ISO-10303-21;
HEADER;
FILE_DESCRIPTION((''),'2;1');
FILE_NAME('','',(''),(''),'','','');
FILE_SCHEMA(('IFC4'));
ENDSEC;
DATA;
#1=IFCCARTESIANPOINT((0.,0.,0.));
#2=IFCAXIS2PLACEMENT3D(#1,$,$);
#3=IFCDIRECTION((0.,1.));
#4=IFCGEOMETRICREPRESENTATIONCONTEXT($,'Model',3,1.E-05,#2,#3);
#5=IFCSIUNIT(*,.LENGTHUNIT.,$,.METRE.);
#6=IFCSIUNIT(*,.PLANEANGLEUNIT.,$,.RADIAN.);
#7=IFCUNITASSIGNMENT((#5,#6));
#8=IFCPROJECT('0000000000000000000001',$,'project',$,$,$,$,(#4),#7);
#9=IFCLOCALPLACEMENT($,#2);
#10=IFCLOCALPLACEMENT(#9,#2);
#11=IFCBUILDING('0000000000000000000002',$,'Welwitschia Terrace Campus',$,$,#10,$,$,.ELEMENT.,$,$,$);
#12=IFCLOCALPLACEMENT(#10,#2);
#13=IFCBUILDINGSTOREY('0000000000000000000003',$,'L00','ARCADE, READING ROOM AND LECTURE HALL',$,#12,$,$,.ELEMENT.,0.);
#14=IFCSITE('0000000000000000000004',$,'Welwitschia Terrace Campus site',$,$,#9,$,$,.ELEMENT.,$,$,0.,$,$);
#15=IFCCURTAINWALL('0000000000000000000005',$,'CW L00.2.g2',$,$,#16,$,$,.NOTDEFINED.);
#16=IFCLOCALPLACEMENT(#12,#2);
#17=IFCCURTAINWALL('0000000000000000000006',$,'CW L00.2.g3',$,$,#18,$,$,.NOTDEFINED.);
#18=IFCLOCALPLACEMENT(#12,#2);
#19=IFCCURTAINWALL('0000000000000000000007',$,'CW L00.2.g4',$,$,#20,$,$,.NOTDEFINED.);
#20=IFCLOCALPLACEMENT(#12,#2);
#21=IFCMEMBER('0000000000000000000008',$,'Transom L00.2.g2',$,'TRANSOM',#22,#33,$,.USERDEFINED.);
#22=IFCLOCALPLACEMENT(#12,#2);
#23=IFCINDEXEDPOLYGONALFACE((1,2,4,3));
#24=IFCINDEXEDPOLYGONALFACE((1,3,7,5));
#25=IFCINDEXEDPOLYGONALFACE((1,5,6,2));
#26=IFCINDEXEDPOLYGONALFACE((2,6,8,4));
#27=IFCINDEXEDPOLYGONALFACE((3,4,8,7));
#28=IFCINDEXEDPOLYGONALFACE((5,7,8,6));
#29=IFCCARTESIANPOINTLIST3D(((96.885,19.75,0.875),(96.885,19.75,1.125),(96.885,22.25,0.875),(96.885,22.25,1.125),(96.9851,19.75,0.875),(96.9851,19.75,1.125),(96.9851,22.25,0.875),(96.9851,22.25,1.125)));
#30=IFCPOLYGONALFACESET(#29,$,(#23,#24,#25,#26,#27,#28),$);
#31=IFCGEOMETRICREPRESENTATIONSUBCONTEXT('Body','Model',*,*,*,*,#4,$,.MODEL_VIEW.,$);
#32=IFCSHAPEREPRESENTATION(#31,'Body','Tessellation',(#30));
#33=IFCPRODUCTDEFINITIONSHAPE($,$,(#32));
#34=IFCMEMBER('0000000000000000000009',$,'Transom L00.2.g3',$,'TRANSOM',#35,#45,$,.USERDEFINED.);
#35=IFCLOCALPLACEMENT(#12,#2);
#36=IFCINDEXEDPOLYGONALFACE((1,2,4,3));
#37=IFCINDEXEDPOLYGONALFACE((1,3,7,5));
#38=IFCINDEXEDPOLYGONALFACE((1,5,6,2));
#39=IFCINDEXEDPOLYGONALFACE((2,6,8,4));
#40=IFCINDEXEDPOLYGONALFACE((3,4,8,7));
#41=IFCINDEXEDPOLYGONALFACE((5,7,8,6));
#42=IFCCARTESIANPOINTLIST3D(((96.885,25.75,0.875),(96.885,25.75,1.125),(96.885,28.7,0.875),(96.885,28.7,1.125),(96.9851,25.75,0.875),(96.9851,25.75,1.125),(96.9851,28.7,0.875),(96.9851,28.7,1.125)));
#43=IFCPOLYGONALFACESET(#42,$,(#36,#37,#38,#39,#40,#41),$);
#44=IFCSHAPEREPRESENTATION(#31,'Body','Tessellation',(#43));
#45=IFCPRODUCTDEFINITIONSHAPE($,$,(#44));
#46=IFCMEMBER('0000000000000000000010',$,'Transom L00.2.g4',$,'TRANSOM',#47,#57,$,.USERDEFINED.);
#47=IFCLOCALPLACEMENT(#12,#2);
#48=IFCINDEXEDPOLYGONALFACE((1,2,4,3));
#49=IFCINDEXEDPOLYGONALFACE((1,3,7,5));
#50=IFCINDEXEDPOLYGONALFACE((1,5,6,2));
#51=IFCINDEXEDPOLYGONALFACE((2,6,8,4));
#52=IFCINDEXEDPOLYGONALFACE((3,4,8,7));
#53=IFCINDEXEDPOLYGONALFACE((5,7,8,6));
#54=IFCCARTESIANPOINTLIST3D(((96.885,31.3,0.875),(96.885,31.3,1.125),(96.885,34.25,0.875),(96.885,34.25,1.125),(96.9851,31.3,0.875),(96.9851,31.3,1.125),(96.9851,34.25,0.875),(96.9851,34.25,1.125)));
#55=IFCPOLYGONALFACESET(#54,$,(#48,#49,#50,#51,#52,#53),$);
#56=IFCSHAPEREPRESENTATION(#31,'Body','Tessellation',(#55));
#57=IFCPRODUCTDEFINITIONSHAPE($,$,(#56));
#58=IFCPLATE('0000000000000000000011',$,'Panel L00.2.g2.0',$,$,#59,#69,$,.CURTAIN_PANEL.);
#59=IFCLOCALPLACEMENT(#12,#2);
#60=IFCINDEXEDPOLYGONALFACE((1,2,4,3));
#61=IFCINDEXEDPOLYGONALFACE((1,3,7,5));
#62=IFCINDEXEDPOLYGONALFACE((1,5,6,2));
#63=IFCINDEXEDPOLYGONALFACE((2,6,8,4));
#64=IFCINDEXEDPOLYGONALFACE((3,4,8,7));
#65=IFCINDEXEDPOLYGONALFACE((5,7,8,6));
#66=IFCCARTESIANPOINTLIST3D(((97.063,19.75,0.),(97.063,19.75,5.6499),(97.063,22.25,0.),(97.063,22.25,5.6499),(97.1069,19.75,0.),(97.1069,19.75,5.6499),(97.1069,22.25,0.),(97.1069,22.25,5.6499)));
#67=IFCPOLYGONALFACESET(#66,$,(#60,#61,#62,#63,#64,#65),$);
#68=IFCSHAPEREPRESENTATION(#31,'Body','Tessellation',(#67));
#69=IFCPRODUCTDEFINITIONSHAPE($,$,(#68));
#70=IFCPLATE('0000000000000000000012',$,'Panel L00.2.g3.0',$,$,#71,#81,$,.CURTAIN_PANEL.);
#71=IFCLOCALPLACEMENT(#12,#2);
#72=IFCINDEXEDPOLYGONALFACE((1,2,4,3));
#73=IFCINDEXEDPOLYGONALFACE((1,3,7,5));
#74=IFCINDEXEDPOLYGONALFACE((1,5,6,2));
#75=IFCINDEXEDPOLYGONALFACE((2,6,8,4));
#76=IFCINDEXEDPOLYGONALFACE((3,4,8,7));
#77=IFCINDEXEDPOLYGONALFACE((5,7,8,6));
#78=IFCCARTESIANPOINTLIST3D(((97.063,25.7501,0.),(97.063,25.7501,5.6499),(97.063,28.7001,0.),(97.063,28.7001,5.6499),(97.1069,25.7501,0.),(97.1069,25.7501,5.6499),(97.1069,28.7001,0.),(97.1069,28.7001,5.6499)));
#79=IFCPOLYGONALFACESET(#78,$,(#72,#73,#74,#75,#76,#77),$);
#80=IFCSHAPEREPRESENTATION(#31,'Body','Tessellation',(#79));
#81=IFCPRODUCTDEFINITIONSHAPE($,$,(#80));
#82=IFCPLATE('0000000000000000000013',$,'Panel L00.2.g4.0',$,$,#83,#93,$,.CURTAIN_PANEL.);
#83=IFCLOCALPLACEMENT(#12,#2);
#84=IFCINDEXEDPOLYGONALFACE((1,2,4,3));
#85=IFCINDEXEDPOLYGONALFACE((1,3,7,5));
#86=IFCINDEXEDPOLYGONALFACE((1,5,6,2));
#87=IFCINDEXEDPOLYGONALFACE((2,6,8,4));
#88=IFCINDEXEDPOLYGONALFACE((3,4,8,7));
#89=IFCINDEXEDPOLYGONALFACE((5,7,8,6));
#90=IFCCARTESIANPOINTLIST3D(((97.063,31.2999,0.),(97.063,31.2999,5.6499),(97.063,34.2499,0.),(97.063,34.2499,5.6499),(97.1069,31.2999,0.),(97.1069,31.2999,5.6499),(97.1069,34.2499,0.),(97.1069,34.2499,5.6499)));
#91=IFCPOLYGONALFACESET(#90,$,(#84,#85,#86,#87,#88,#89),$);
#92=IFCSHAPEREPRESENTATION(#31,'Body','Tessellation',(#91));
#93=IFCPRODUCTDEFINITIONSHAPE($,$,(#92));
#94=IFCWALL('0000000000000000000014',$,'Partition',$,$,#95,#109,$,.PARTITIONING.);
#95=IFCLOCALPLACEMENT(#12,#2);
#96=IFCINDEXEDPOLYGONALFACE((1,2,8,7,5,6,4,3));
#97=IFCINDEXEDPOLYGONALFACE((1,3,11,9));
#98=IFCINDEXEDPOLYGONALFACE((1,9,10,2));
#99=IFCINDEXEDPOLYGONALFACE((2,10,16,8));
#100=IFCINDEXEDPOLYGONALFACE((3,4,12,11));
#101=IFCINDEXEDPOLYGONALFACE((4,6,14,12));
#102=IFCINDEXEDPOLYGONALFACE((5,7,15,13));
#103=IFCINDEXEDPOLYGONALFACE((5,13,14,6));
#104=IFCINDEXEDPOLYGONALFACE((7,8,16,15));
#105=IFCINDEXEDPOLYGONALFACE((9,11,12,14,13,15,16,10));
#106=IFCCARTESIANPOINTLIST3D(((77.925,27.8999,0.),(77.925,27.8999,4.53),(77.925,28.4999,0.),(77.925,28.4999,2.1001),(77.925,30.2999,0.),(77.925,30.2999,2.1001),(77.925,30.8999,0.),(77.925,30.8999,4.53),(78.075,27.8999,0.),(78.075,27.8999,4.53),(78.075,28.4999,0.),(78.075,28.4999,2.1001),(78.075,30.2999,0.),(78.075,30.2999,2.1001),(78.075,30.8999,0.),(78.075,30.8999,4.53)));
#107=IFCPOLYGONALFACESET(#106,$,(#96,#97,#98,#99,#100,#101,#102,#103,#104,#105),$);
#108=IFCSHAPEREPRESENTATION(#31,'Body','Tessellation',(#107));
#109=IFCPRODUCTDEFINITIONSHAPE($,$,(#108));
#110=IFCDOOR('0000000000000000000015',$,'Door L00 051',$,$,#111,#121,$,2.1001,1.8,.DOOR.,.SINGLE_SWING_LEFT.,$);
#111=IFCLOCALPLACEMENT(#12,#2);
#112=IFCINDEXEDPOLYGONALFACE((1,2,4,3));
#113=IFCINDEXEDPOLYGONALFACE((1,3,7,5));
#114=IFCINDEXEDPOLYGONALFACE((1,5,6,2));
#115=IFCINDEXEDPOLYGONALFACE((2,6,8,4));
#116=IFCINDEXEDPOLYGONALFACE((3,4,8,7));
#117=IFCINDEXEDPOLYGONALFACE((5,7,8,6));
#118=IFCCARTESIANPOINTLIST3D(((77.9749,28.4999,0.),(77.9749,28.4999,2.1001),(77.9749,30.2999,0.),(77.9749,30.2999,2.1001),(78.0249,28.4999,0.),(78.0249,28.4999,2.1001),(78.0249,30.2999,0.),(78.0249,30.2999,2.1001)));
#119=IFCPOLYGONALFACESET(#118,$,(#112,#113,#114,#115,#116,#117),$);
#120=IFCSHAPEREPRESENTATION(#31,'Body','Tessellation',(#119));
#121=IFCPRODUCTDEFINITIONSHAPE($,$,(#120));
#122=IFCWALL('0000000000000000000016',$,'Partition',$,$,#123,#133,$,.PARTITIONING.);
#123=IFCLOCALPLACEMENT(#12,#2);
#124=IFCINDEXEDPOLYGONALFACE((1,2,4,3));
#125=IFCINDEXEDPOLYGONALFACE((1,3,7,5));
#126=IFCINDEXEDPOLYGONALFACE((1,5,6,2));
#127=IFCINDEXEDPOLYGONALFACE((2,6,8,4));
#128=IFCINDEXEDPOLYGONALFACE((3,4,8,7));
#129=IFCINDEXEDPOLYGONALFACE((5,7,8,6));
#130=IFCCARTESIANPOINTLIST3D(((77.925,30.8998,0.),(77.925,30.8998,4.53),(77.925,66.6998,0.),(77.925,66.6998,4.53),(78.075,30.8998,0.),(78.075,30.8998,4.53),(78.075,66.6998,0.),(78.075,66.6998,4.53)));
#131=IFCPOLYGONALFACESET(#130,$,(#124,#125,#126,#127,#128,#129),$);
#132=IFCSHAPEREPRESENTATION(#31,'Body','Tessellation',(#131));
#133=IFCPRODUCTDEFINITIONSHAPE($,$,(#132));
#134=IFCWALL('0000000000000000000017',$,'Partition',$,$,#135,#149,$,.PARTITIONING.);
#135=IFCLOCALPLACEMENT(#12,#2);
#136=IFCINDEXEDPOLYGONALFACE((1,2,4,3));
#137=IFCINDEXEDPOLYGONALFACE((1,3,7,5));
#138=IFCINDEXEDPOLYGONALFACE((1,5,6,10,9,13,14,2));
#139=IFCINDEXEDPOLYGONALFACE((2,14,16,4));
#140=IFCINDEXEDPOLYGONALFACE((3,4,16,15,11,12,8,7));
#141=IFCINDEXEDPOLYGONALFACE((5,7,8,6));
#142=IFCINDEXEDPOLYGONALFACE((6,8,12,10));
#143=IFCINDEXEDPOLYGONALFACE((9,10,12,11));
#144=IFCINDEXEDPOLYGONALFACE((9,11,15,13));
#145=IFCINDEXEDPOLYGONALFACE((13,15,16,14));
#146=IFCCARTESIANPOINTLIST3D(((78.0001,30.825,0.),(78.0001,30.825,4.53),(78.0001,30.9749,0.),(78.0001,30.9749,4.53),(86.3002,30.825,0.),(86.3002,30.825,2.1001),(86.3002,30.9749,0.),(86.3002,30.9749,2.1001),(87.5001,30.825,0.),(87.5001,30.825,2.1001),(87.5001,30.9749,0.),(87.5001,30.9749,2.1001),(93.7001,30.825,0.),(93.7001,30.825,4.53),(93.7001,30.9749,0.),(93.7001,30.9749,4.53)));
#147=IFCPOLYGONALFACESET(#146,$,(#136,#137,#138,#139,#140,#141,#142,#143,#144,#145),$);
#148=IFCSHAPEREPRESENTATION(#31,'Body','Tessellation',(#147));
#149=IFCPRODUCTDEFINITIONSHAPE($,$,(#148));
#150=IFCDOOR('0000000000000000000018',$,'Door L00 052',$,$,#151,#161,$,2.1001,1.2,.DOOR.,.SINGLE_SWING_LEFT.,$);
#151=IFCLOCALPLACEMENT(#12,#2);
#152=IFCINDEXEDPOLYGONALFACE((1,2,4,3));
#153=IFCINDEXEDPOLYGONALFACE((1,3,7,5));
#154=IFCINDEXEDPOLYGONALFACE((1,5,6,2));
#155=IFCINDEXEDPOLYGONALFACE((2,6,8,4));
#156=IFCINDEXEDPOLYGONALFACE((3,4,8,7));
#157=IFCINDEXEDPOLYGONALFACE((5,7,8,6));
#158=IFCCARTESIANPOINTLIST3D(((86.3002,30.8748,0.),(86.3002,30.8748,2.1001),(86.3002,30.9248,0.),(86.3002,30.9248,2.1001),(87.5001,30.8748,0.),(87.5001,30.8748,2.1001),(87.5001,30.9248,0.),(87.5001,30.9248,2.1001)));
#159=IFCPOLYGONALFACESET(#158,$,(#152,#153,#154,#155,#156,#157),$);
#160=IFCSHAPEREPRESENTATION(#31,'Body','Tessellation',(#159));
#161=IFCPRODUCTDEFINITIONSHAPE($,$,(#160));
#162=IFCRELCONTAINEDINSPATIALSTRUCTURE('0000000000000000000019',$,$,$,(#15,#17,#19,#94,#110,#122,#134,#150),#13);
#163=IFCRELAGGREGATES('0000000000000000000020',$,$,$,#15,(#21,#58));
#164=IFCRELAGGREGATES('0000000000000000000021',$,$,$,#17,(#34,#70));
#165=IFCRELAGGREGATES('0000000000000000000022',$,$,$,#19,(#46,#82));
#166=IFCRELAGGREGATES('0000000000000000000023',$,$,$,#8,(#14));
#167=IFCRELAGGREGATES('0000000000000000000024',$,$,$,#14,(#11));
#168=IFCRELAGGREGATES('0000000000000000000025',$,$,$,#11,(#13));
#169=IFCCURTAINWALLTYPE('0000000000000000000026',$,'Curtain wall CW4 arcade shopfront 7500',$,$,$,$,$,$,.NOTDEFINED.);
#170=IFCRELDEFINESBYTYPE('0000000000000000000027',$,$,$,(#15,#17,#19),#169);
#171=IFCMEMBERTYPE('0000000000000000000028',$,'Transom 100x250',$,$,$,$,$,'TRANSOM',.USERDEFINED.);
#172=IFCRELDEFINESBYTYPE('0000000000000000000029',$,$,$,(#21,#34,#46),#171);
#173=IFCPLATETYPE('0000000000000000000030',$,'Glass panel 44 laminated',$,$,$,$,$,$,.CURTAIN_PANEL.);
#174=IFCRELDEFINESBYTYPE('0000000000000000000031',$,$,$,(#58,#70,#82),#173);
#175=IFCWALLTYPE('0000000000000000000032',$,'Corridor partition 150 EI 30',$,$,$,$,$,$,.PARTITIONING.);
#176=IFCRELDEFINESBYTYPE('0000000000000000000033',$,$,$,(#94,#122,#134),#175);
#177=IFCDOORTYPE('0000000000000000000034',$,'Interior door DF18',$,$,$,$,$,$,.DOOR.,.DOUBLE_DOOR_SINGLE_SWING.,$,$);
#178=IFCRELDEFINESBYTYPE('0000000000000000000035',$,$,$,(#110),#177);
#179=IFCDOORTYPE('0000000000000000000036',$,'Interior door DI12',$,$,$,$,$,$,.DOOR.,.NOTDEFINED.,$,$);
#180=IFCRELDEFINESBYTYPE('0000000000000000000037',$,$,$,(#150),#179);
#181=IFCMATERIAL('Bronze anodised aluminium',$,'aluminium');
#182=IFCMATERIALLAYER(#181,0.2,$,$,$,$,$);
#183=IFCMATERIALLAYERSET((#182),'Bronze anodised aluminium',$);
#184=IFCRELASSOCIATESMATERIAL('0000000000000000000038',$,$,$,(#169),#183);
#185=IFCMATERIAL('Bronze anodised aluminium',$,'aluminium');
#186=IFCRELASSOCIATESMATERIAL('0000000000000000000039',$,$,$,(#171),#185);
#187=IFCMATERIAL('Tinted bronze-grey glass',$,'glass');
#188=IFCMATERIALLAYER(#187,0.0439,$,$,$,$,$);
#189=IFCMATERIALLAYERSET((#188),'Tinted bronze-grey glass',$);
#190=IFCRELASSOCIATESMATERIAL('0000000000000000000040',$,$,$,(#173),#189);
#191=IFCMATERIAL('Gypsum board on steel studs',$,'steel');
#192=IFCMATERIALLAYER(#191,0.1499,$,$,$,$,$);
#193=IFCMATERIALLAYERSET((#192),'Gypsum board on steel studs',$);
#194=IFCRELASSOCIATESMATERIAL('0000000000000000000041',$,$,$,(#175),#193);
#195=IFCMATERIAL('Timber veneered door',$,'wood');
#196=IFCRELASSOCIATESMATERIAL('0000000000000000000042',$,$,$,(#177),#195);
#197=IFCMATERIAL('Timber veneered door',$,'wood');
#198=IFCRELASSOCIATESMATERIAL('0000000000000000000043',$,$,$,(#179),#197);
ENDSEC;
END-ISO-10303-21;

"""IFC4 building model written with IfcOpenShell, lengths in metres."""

from ifc_helpers import new_model, si_unit, direction, frame, frame_2d, origin, origin_2d, place, context, subcontext, project, spatial, rectangle, extrude, material, layer, layer_set, material_profile, profile_set, type_object, element, fill, aggregate, save


model = new_model("IFC4")

# Units and contexts
model_context = context("Model", 3, precision=1e-05, world=origin(), true_north=direction((0.0, 1.0)))
body_context = subcontext(model_context, "Body", "Model", "MODEL_VIEW")
ifc_project = project(units=[si_unit("LENGTHUNIT", "METRE"), si_unit("PLANEANGLEUNIT", "RADIAN")], contexts=[model_context])

# Site, building, storey
site_placement = place(None, origin())
site = spatial("IfcSite", under=ifc_project, at=site_placement, Name="Welwitschia Terrace Campus site", CompositionType="ELEMENT", RefElevation=0.0)
building_placement = place(site_placement, origin())
building = spatial("IfcBuilding", under=site, at=building_placement, Name="Welwitschia Terrace Campus", CompositionType="ELEMENT")
storey_placement = place(building_placement, origin())
storey = spatial("IfcBuildingStorey", under=building, at=storey_placement, Name="L00", Description="ARCADE, READING ROOM AND LECTURE HALL", CompositionType="ELEMENT", Elevation=0.0)

# Curtain wall
ifc_material_1 = material(Name="Bronze anodised aluminium", Category="aluminium")
ifc_layer_1 = layer(ifc_material_1, 0.2)
ifc_layer_set_1 = layer_set([ifc_layer_1], Name="Bronze anodised aluminium")
curtain_wall_type = type_object("IfcCurtainWallType", Name="Curtain wall CW4 arcade shopfront 7500", PredefinedType="NOTDEFINED", material=ifc_layer_set_1)
curtain_wall_1_placement = place(storey_placement, origin())
curtain_wall_1 = element("IfcCurtainWall", 1, at=curtain_wall_1_placement, inside=storey, type_object=curtain_wall_type, Name="CW L00.2.g2", PredefinedType="NOTDEFINED")

# Curtain wall
curtain_wall_2_placement = place(storey_placement, origin())
curtain_wall_2 = element("IfcCurtainWall", 2, at=curtain_wall_2_placement, inside=storey, type_object=curtain_wall_type, Name="CW L00.2.g3", PredefinedType="NOTDEFINED")

# Curtain wall
curtain_wall_3_placement = place(storey_placement, origin())
curtain_wall_3 = element("IfcCurtainWall", 3, at=curtain_wall_3_placement, inside=storey, type_object=curtain_wall_type, Name="CW L00.2.g4", PredefinedType="NOTDEFINED")

# Members
ifc_material_2 = material(Name="Bronze anodised aluminium", Category="aluminium")
ifc_material_profile_1 = material_profile(ifc_material_2, rectangle(XDim=0.1001, YDim=0.25, at=origin_2d()))
ifc_profile_set_1 = profile_set([ifc_material_profile_1], Name="Bronze anodised aluminium")
member_type_1 = type_object("IfcMemberType", Name="Transom 100x250", ElementType="TRANSOM", PredefinedType="USERDEFINED", material=ifc_profile_set_1)
member_1_placement = place(storey_placement, frame((96.9351, 19.75, 1.0), z_axis=(0.0, 1.0, 0.0), x_axis=(-1.0, 0.0, 0.0)))
member_1 = element("IfcMember", 4, at=member_1_placement, type_object=member_type_1, Name="Transom L00.2.g2", ObjectType="TRANSOM", PredefinedType="USERDEFINED", context=body_context, shape_type="SweptSolid", body=[
    extrude(rectangle(XDim=0.1001, YDim=0.25, at=origin_2d()), origin(), (0.0, 0.0, 1.0), 2.5),
])
member_2_placement = place(storey_placement, frame((96.9351, 25.75, 1.0), z_axis=(0.0, 1.0, 0.0), x_axis=(-1.0, 0.0, 0.0)))
member_2 = element("IfcMember", 5, at=member_2_placement, type_object=member_type_1, Name="Transom L00.2.g3", ObjectType="TRANSOM", PredefinedType="USERDEFINED", context=body_context, shape_type="SweptSolid", body=[
    extrude(rectangle(XDim=0.1001, YDim=0.25, at=origin_2d()), origin(), (0.0, 0.0, 1.0), 2.95),
])
member_3_placement = place(storey_placement, frame((96.9351, 31.3, 1.0), z_axis=(0.0, 1.0, 0.0), x_axis=(-1.0, 0.0, 0.0)))
member_3 = element("IfcMember", 6, at=member_3_placement, type_object=member_type_1, Name="Transom L00.2.g4", ObjectType="TRANSOM", PredefinedType="USERDEFINED", context=body_context, shape_type="SweptSolid", body=[
    extrude(rectangle(XDim=0.1001, YDim=0.25, at=origin_2d()), origin(), (0.0, 0.0, 1.0), 2.95),
])

# Plates
ifc_material_3 = material(Name="Tinted bronze-grey glass", Category="glass")
ifc_layer_2 = layer(ifc_material_3, 0.0439)
ifc_layer_set_2 = layer_set([ifc_layer_2], Name="Tinted bronze-grey glass")
plate_type = type_object("IfcPlateType", Name="Glass panel 44 laminated", PredefinedType="CURTAIN_PANEL", material=ifc_layer_set_2)
plate_1_placement = place(storey_placement, frame((97.085, 21.0, 0.0), z_axis=(0.0, 0.0, 1.0), x_axis=(0.0, 1.0, 0.0)))
plate_1 = element("IfcPlate", 7, at=plate_1_placement, type_object=plate_type, Name="Panel L00.2.g2.0", PredefinedType="CURTAIN_PANEL", context=body_context, shape_type="SweptSolid", body=[
    extrude(rectangle(XDim=2.5, YDim=0.0439, at=origin_2d()), origin(), (0.0, 0.0, 1.0), 5.6499),
])
aggregate(curtain_wall_1, [member_1, plate_1])
plate_2_placement = place(storey_placement, frame((97.085, 27.2251, 0.0), z_axis=(0.0, 0.0, 1.0), x_axis=(0.0, 1.0, 0.0)))
plate_2 = element("IfcPlate", 8, at=plate_2_placement, type_object=plate_type, Name="Panel L00.2.g3.0", PredefinedType="CURTAIN_PANEL", context=body_context, shape_type="SweptSolid", body=[
    extrude(rectangle(XDim=2.95, YDim=0.0439, at=origin_2d()), origin(), (0.0, 0.0, 1.0), 5.6499),
])
aggregate(curtain_wall_2, [member_2, plate_2])
plate_3_placement = place(storey_placement, frame((97.085, 32.7749, 0.0), z_axis=(0.0, 0.0, 1.0), x_axis=(0.0, 1.0, 0.0)))
plate_3 = element("IfcPlate", 9, at=plate_3_placement, type_object=plate_type, Name="Panel L00.2.g4.0", PredefinedType="CURTAIN_PANEL", context=body_context, shape_type="SweptSolid", body=[
    extrude(rectangle(XDim=2.95, YDim=0.0439, at=origin_2d()), origin(), (0.0, 0.0, 1.0), 5.6499),
])
aggregate(curtain_wall_3, [member_3, plate_3])

# Wall, opening, door
ifc_material_4 = material(Name="Gypsum board on steel studs", Category="steel")
ifc_layer_3 = layer(ifc_material_4, 0.1499)
ifc_layer_set_3 = layer_set([ifc_layer_3], Name="Gypsum board on steel studs")
wall_type_1 = type_object("IfcWallType", Name="Corridor partition 150 EI 30", PredefinedType="PARTITIONING", material=ifc_layer_set_3)
wall_1_placement = place(storey_placement, frame((78.0, 30.8999, 0.0), z_axis=(0.0, 0.0, 1.0), x_axis=(0.0, -1.0, 0.0)))
wall_1 = element("IfcWall", 10, at=wall_1_placement, inside=storey, type_object=wall_type_1, Name="Partition", PredefinedType="PARTITIONING", context=body_context, shape_type="SweptSolid", body=[
    extrude(rectangle(XDim=3.0, YDim=0.1499, at=frame_2d((1.5, 0.0))), origin(), (0.0, 0.0, 1.0), 4.53),
])
opening_1_placement = place(wall_1_placement, frame((0.6001, 0.0, 0.0)))
opening_1 = element("IfcOpeningElement", 11, at=opening_1_placement, cuts=wall_1, PredefinedType="OPENING", context=body_context, shape_type="SweptSolid", body=[
    extrude(rectangle(XDim=1.8, YDim=2.1001, at=frame_2d((0.8999, 1.05))), frame((0.0, 0.085, 0.0), z_axis=(0.0, -1.0, 0.0), x_axis=(1.0, 0.0, 0.0)), (0.0, 0.0, 1.0), 0.1699),
])
ifc_material_5 = material(Name="Timber veneered door", Category="wood")
door_type_1 = type_object("IfcDoorType", Name="Interior door DF18", OperationType="DOUBLE_DOOR_SINGLE_SWING", PredefinedType="DOOR", material=ifc_material_5)
door_1_placement = place(opening_1_placement, origin())
door_1 = element("IfcDoor", 12, at=door_1_placement, inside=storey, type_object=door_type_1, Name="Door L00 051", OperationType="SINGLE_SWING_LEFT", OverallHeight=2.1001, OverallWidth=1.8, PredefinedType="DOOR", context=body_context, shape_type="SweptSolid", body=[
    extrude(rectangle(XDim=1.8, YDim=2.1001, at=frame_2d((0.8999, 1.05))), frame((0.0, 0.0249, 0.0), z_axis=(0.0, -1.0, 0.0), x_axis=(1.0, 0.0, 0.0)), (0.0, 0.0, 1.0), 0.05),
])
fill(opening_1, door_1)

# Wall
wall_2_placement = place(storey_placement, frame((78.0, 30.8999, 0.0), z_axis=(0.0, 0.0, 1.0), x_axis=(0.0, 1.0, 0.0)))
element("IfcWall", 13, at=wall_2_placement, inside=storey, type_object=wall_type_1, Name="Partition", PredefinedType="PARTITIONING", context=body_context, shape_type="SweptSolid", body=[
    extrude(rectangle(XDim=35.8, YDim=0.1499, at=frame_2d((17.8999, 0.0))), origin(), (0.0, 0.0, 1.0), 4.53),
])

# Wall, opening, door
wall_3_placement = place(storey_placement, frame((78.0, 30.8999, 0.0), z_axis=(0.0, 0.0, 1.0), x_axis=(1.0, 0.0, 0.0)))
wall_3 = element("IfcWall", 14, at=wall_3_placement, inside=storey, type_object=wall_type_1, Name="Partition", PredefinedType="PARTITIONING", context=body_context, shape_type="SweptSolid", body=[
    extrude(rectangle(XDim=15.7, YDim=0.1499, at=frame_2d((7.8501, 0.0))), origin(), (0.0, 0.0, 1.0), 4.53),
])
opening_2_placement = place(wall_3_placement, frame((8.3, 0.0, 0.0)))
opening_2 = element("IfcOpeningElement", 15, at=opening_2_placement, cuts=wall_3, PredefinedType="OPENING", context=body_context, shape_type="SweptSolid", body=[
    extrude(rectangle(XDim=1.2, YDim=2.1001, at=frame_2d((0.6001, 1.05))), frame((0.0, 0.085, 0.0), z_axis=(0.0, -1.0, 0.0), x_axis=(1.0, 0.0, 0.0)), (0.0, 0.0, 1.0), 0.1699),
])
ifc_material_6 = material(Name="Timber veneered door", Category="wood")
door_type_2 = type_object("IfcDoorType", Name="Interior door DI12", OperationType="NOTDEFINED", PredefinedType="DOOR", material=ifc_material_6)
door_2_placement = place(opening_2_placement, origin())
door_2 = element("IfcDoor", 16, at=door_2_placement, inside=storey, type_object=door_type_2, Name="Door L00 052", OperationType="SINGLE_SWING_LEFT", OverallHeight=2.1001, OverallWidth=1.2, PredefinedType="DOOR", context=body_context, shape_type="SweptSolid", body=[
    extrude(rectangle(XDim=1.2, YDim=2.1001, at=frame_2d((0.6001, 1.05))), frame((0.0, 0.0249, 0.0), z_axis=(0.0, -1.0, 0.0), x_axis=(1.0, 0.0, 0.0)), (0.0, 0.0, 1.0), 0.05),
])
fill(opening_2, door_2)

save(model, "model.ifc")
